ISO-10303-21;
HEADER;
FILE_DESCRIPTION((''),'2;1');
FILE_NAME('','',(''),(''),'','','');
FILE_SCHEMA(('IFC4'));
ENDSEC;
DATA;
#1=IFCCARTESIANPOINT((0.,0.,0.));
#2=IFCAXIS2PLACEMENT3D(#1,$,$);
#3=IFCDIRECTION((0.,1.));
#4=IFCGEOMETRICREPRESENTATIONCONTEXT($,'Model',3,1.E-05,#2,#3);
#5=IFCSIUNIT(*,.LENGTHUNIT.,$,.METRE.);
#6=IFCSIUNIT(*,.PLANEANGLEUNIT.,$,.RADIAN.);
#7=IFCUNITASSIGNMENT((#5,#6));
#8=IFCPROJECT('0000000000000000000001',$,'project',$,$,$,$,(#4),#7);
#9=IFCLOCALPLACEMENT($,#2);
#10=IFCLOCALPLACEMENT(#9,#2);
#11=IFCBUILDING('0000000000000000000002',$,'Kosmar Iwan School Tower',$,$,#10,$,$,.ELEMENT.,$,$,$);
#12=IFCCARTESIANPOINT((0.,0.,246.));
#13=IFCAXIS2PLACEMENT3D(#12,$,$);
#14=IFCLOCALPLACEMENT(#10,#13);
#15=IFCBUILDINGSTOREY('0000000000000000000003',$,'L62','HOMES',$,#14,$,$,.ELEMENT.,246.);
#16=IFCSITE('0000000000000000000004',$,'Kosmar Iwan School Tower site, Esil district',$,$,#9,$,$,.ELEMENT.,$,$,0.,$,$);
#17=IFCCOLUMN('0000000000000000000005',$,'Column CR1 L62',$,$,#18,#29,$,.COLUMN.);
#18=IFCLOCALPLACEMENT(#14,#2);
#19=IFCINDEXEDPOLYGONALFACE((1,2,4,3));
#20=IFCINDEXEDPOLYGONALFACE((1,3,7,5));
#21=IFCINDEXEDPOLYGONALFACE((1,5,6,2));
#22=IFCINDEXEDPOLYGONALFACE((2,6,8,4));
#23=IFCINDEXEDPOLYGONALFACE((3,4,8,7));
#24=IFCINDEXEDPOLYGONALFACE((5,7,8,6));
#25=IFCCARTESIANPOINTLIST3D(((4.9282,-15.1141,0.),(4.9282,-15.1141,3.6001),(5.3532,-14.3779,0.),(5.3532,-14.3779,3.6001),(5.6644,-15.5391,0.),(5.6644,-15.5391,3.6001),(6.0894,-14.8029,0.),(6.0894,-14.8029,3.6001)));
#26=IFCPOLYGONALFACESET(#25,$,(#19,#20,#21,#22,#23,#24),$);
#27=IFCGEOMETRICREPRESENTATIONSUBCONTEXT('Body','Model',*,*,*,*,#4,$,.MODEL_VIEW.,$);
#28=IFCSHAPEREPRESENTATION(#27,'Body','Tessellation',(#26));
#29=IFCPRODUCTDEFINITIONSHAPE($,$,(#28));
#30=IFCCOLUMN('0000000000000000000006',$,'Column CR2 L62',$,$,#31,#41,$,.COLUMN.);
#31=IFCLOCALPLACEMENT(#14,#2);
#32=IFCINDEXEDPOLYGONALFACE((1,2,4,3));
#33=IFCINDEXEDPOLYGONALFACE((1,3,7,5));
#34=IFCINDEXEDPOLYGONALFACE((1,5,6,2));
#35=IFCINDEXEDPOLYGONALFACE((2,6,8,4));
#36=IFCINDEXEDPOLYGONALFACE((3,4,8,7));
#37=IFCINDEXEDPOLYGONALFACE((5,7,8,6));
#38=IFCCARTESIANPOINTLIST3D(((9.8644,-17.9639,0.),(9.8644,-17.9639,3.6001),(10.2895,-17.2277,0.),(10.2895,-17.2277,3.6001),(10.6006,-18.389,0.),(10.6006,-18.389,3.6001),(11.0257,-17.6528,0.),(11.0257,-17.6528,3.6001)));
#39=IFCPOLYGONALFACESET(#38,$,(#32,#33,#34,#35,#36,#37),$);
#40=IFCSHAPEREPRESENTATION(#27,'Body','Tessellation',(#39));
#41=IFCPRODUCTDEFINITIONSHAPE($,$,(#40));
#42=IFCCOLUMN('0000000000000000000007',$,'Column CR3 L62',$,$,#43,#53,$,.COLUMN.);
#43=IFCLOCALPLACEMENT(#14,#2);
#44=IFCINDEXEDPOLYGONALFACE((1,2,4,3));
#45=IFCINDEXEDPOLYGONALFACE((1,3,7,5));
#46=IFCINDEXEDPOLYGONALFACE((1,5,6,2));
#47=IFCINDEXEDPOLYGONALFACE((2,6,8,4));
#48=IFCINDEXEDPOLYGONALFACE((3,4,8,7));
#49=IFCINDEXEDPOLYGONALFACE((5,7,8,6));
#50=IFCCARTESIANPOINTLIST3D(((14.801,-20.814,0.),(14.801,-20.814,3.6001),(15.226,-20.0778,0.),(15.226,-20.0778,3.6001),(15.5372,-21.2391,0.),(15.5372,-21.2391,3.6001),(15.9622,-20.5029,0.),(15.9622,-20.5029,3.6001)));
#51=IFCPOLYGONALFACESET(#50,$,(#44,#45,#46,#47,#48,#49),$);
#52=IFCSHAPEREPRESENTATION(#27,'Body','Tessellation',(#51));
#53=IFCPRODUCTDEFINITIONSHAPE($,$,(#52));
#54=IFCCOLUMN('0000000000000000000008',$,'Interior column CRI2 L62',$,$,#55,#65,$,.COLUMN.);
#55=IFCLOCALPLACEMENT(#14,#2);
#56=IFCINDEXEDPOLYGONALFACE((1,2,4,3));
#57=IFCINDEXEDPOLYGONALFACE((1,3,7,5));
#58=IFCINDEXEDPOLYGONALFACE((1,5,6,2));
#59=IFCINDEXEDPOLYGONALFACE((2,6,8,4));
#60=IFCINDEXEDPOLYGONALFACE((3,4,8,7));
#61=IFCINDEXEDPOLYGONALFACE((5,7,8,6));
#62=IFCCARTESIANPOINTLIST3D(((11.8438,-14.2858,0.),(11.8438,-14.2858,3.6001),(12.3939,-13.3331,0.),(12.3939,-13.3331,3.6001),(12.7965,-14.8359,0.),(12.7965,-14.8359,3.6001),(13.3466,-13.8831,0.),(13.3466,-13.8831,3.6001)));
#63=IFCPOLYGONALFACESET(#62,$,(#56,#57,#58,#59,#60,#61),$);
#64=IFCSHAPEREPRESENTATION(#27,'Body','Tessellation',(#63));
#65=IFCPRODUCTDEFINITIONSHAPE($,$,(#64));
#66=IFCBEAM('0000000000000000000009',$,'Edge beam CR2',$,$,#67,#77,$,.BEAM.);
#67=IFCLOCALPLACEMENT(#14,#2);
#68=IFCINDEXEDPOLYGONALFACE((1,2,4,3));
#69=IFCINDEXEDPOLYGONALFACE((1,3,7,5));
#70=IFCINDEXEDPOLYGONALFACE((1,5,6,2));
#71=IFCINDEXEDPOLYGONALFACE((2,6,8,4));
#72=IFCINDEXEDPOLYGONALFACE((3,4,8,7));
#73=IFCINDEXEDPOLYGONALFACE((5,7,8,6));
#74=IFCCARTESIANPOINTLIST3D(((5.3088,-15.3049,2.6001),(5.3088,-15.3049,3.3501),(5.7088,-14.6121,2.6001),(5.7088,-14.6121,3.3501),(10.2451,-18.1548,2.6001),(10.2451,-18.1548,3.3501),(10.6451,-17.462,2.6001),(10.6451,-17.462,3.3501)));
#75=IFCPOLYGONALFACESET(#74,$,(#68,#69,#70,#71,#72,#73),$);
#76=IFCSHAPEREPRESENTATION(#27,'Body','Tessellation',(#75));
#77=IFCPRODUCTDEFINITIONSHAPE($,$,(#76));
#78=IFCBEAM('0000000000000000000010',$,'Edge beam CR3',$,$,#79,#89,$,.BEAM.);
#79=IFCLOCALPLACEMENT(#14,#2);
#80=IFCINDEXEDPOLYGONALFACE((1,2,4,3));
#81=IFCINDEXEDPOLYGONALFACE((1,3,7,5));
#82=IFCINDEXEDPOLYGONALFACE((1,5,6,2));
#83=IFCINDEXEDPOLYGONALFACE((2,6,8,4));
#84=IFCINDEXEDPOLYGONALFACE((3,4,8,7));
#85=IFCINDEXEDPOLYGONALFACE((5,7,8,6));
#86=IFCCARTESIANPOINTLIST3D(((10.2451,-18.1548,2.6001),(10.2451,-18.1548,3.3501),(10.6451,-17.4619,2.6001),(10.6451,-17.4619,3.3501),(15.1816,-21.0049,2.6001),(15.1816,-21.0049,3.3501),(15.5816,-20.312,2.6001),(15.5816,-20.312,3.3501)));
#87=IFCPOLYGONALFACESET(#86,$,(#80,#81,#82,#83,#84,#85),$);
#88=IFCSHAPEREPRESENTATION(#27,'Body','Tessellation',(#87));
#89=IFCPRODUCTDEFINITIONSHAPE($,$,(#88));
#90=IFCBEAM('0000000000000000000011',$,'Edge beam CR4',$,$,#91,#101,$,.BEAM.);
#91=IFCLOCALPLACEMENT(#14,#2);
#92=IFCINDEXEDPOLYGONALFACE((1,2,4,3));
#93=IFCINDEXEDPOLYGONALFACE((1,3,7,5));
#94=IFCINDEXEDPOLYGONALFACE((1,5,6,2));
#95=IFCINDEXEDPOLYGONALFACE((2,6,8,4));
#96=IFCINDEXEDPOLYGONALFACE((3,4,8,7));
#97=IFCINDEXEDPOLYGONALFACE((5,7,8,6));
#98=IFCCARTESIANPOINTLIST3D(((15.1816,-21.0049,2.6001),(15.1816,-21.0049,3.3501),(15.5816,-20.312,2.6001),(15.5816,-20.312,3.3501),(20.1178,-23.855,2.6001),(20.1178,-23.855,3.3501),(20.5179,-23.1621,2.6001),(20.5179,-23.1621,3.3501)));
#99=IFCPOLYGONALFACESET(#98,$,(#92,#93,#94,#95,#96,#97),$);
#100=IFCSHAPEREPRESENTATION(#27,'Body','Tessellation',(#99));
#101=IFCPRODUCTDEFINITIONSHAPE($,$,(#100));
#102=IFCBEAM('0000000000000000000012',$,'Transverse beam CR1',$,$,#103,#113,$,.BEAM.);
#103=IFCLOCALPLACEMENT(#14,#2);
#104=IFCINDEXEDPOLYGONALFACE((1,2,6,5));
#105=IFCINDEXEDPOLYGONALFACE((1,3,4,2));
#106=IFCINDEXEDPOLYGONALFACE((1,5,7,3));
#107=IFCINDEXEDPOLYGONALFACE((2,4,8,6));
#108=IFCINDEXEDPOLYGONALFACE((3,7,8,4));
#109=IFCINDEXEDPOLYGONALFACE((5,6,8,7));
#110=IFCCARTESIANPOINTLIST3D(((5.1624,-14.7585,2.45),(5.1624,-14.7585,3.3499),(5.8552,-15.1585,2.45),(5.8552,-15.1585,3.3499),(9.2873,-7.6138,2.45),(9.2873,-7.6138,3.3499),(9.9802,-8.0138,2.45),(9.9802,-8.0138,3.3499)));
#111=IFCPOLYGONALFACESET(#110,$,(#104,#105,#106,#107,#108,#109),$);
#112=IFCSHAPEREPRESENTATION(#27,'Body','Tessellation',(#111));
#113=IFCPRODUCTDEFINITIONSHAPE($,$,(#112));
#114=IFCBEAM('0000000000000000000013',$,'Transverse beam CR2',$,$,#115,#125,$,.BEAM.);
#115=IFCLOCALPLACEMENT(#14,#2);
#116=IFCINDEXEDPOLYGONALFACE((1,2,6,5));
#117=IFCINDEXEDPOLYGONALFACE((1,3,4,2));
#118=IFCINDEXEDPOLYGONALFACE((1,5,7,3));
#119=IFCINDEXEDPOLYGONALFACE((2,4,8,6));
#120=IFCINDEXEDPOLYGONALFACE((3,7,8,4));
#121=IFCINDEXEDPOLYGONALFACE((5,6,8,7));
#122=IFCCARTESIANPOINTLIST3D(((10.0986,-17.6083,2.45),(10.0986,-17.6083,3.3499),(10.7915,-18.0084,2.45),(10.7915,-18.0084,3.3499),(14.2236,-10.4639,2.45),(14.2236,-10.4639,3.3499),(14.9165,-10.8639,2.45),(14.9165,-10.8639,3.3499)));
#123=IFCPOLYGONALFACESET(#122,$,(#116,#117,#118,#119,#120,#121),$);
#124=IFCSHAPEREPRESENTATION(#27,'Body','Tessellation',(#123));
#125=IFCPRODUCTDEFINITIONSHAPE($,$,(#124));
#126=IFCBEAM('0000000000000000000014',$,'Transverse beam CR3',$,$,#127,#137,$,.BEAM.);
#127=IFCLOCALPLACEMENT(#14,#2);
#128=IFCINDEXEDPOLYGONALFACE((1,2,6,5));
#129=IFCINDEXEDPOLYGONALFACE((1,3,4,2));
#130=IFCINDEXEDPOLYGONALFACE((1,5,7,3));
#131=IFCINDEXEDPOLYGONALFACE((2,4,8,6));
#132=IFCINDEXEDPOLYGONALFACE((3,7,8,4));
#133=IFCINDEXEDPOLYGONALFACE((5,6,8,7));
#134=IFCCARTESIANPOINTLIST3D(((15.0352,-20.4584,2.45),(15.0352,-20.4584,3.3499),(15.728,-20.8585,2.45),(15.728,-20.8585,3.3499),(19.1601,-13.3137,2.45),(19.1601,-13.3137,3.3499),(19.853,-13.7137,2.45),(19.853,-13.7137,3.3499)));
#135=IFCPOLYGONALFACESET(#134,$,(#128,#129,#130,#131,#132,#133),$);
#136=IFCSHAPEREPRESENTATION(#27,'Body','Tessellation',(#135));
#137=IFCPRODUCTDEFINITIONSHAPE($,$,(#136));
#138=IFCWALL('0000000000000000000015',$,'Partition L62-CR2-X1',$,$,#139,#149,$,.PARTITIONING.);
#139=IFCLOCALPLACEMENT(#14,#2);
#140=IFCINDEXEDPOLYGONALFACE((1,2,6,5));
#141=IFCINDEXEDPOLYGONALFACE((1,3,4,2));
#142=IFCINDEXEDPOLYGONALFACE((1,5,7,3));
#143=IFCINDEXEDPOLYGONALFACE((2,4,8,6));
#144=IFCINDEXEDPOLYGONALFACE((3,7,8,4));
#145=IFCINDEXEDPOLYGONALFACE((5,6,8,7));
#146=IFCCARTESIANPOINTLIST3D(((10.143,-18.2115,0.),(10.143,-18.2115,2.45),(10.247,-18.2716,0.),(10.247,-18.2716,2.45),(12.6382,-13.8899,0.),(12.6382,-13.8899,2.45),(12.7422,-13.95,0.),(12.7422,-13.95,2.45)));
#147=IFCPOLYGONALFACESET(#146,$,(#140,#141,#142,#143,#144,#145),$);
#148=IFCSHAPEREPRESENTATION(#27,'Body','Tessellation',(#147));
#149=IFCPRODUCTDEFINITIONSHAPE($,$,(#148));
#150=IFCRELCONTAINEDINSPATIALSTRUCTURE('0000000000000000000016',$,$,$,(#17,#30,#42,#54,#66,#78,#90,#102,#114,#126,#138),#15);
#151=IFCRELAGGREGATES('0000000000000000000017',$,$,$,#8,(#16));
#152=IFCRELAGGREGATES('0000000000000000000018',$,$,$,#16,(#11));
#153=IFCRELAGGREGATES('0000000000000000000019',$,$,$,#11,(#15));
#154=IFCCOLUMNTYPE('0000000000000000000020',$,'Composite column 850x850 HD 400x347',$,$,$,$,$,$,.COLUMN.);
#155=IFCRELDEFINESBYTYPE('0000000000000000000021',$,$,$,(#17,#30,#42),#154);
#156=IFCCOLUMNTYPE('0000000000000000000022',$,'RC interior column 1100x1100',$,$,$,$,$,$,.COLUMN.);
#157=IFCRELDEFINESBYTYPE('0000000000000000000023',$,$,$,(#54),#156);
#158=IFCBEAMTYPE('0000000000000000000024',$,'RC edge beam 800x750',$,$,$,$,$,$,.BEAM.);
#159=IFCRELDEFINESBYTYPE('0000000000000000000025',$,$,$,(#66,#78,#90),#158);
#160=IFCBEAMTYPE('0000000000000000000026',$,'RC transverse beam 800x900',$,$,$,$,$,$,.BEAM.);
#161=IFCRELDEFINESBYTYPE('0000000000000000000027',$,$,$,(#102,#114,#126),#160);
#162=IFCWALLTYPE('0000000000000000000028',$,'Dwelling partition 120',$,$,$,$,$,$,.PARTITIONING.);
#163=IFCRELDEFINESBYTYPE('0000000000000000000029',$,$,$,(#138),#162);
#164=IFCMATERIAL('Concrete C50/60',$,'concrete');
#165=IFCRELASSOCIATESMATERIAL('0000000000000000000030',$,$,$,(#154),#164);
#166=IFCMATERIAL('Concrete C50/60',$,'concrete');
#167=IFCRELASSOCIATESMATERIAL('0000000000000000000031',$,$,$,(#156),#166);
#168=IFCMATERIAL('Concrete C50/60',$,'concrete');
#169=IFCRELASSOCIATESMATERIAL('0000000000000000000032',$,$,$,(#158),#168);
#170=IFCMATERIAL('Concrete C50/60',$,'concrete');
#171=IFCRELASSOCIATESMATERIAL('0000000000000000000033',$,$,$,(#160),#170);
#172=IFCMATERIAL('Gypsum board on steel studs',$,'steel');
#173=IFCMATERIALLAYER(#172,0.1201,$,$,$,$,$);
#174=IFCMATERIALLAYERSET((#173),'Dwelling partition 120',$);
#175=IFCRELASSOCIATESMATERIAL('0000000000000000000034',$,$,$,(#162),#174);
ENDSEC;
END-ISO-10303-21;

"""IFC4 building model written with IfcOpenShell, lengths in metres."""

from ifc_helpers import new_model, si_unit, direction, frame, frame_2d, origin, origin_2d, place, context, subcontext, project, spatial, rectangle, extrude, material, layer, layer_set, material_profile, profile_set, type_object, element, save


model = new_model("IFC4")

# Units and contexts
model_context = context("Model", 3, precision=1e-05, world=origin(), true_north=direction((0.0, 1.0)))
body_context = subcontext(model_context, "Body", "Model", "MODEL_VIEW")
ifc_project = project(units=[si_unit("LENGTHUNIT", "METRE"), si_unit("PLANEANGLEUNIT", "RADIAN")], contexts=[model_context])

# Site, building, storey
site_placement = place(None, origin())
site = spatial("IfcSite", under=ifc_project, at=site_placement, Name="Kosmar Iwan School Tower site, Esil district", CompositionType="ELEMENT", RefElevation=0.0)
building_placement = place(site_placement, origin())
building = spatial("IfcBuilding", under=site, at=building_placement, Name="Kosmar Iwan School Tower", CompositionType="ELEMENT")
storey_placement = place(building_placement, frame((0.0, 0.0, 246.0)))
storey = spatial("IfcBuildingStorey", under=building, at=storey_placement, Name="L62", Description="HOMES", CompositionType="ELEMENT", Elevation=246.0)

# Columns
ifc_material_1 = material(Name="Concrete C50/60", Category="concrete")
ifc_material_profile_1 = material_profile(ifc_material_1, rectangle(XDim=0.8501, YDim=0.8501, at=origin_2d()), Name="RC 850x850 + HD 400x347")
ifc_profile_set_1 = profile_set([ifc_material_profile_1], Name="Concrete C50/60")
column_type_1 = type_object("IfcColumnType", Name="Composite column 850x850 HD 400x347", PredefinedType="COLUMN", material=ifc_profile_set_1)
for number, where, z_axis, x_axis, name in (
    (1, (5.5088, -14.9585, 0.0), (0.0, 0.0, 1.0), (0.866025, -0.5, 0.0), "Column CR1 L62"),
    (2, (10.4451, -17.8083, 0.0), (0.0, 0.0, 1.0), (0.866025, -0.5, 0.0), "Column CR2 L62"),
    (3, (15.3816, -20.6584, 0.0), (0.0, 0.0, 1.0), (0.866025, -0.5, 0.0), "Column CR3 L62"),
):
    element("IfcColumn", number, at=place(storey_placement, frame(where, z_axis=z_axis, x_axis=x_axis)), inside=storey, type_object=column_type_1, Name=name, PredefinedType="COLUMN", context=body_context, shape_type="SweptSolid", body=[
        extrude(rectangle(XDim=0.8501, YDim=0.8501, at=origin_2d()), origin(), (0.0, 0.0, 1.0), 3.6001),
    ])
ifc_material_2 = material(Name="Concrete C50/60", Category="concrete")
ifc_material_profile_2 = material_profile(ifc_material_2, rectangle(XDim=1.1001, YDim=1.1001, at=origin_2d()), Name="RC 1100x1100")
ifc_profile_set_2 = profile_set([ifc_material_profile_2], Name="Concrete C50/60")
column_type_2 = type_object("IfcColumnType", Name="RC interior column 1100x1100", PredefinedType="COLUMN", material=ifc_profile_set_2)
column_placement = place(storey_placement, frame((12.5952, -14.0845, 0.0), z_axis=(0.0, 0.0, 1.0), x_axis=(0.866025, -0.5, 0.0)))
element("IfcColumn", 4, at=column_placement, inside=storey, type_object=column_type_2, Name="Interior column CRI2 L62", PredefinedType="COLUMN", context=body_context, shape_type="SweptSolid", body=[
    extrude(rectangle(XDim=1.1001, YDim=1.1001, at=origin_2d()), origin(), (0.0, 0.0, 1.0), 3.6001),
])

# Beams
ifc_material_3 = material(Name="Concrete C50/60", Category="concrete")
ifc_material_profile_3 = material_profile(ifc_material_3, rectangle(XDim=0.8, YDim=0.75, at=origin_2d()), Name="RC 800x750")
ifc_profile_set_3 = profile_set([ifc_material_profile_3], Name="Concrete C50/60")
beam_type_1 = type_object("IfcBeamType", Name="RC edge beam 800x750", PredefinedType="BEAM", material=ifc_profile_set_3)
beam_1_placement = place(storey_placement, frame((5.5088, -14.9585, 2.9751), z_axis=(0.866034, -0.499986, 0.0), x_axis=(0.499986, 0.866034, 0.0)))
element("IfcBeam", 5, at=beam_1_placement, inside=storey, type_object=beam_type_1, Name="Edge beam CR2", PredefinedType="BEAM", context=body_context, shape_type="SweptSolid", body=[
    extrude(rectangle(XDim=0.8, YDim=0.75, at=origin_2d()), origin(), (0.0, 0.0, 1.0), 5.7),
])
beam_2_placement = place(storey_placement, frame((10.4451, -17.8083, 2.9751), z_axis=(0.866026, -0.499999, 0.0), x_axis=(0.499999, 0.866026, 0.0)))
element("IfcBeam", 6, at=beam_2_placement, inside=storey, type_object=beam_type_1, Name="Edge beam CR3", PredefinedType="BEAM", context=body_context, shape_type="SweptSolid", body=[
    extrude(rectangle(XDim=0.8, YDim=0.75, at=origin_2d()), origin(), (0.0, 0.0, 1.0), 5.7002),
])
beam_3_placement = place(storey_placement, frame((15.3816, -20.6584, 2.9751), z_axis=(0.866015, -0.500018, 0.0), x_axis=(0.500018, 0.866015, 0.0)))
element("IfcBeam", 7, at=beam_3_placement, inside=storey, type_object=beam_type_1, Name="Edge beam CR4", PredefinedType="BEAM", context=body_context, shape_type="SweptSolid", body=[
    extrude(rectangle(XDim=0.8, YDim=0.75, at=origin_2d()), origin(), (0.0, 0.0, 1.0), 5.7),
])
ifc_material_4 = material(Name="Concrete C50/60", Category="concrete")
ifc_material_profile_4 = material_profile(ifc_material_4, rectangle(XDim=0.8, YDim=0.8999, at=origin_2d()), Name="RC 800x900")
ifc_profile_set_4 = profile_set([ifc_material_profile_4], Name="Concrete C50/60")
beam_type_2 = type_object("IfcBeamType", Name="RC transverse beam 800x900", PredefinedType="BEAM", material=ifc_profile_set_4)
beam_4_placement = place(storey_placement, frame((5.5088, -14.9585, 2.8999), z_axis=(0.499997, 0.866027, 0.0), x_axis=(-0.866027, 0.499997, 0.0)))
element("IfcBeam", 8, at=beam_4_placement, inside=storey, type_object=beam_type_2, Name="Transverse beam CR1", PredefinedType="BEAM", context=body_context, shape_type="SweptSolid", body=[
    extrude(rectangle(XDim=0.8, YDim=0.8999, at=origin_2d()), origin(), (0.0, 0.0, 1.0), 8.25),
])
beam_5_placement = place(storey_placement, frame((10.4451, -17.8083, 2.8999), z_axis=(0.500009, 0.86602, 0.0), x_axis=(-0.86602, 0.500009, 0.0)))
element("IfcBeam", 9, at=beam_5_placement, inside=storey, type_object=beam_type_2, Name="Transverse beam CR2", PredefinedType="BEAM", context=body_context, shape_type="SweptSolid", body=[
    extrude(rectangle(XDim=0.8, YDim=0.8999, at=origin_2d()), origin(), (0.0, 0.0, 1.0), 8.2498),
])
beam_6_placement = place(storey_placement, frame((15.3816, -20.6584, 2.8999), z_axis=(0.499997, 0.866027, 0.0), x_axis=(-0.866027, 0.499997, 0.0)))
element("IfcBeam", 10, at=beam_6_placement, inside=storey, type_object=beam_type_2, Name="Transverse beam CR3", PredefinedType="BEAM", context=body_context, shape_type="SweptSolid", body=[
    extrude(rectangle(XDim=0.8, YDim=0.8999, at=origin_2d()), origin(), (0.0, 0.0, 1.0), 8.25),
])

# Wall
ifc_material_5 = material(Name="Gypsum board on steel studs", Category="steel")
ifc_layer = layer(ifc_material_5, 0.1201)
ifc_layer_set = layer_set([ifc_layer], Name="Dwelling partition 120")
wall_type = type_object("IfcWallType", Name="Dwelling partition 120", PredefinedType="PARTITIONING", material=ifc_layer_set)
wall_placement = place(storey_placement, frame((12.6902, -13.9199, 0.0), z_axis=(0.0, 0.0, 1.0), x_axis=(-0.500012, -0.866019, 0.0)))
element("IfcWall", 11, at=wall_placement, inside=storey, type_object=wall_type, Name="Partition L62-CR2-X1", PredefinedType="PARTITIONING", context=body_context, shape_type="SweptSolid", body=[
    extrude(rectangle(XDim=4.9902, YDim=0.1201, at=frame_2d((2.4951, 0.0))), origin(), (0.0, 0.0, 1.0), 2.45),
])

save(model, "model.ifc")
